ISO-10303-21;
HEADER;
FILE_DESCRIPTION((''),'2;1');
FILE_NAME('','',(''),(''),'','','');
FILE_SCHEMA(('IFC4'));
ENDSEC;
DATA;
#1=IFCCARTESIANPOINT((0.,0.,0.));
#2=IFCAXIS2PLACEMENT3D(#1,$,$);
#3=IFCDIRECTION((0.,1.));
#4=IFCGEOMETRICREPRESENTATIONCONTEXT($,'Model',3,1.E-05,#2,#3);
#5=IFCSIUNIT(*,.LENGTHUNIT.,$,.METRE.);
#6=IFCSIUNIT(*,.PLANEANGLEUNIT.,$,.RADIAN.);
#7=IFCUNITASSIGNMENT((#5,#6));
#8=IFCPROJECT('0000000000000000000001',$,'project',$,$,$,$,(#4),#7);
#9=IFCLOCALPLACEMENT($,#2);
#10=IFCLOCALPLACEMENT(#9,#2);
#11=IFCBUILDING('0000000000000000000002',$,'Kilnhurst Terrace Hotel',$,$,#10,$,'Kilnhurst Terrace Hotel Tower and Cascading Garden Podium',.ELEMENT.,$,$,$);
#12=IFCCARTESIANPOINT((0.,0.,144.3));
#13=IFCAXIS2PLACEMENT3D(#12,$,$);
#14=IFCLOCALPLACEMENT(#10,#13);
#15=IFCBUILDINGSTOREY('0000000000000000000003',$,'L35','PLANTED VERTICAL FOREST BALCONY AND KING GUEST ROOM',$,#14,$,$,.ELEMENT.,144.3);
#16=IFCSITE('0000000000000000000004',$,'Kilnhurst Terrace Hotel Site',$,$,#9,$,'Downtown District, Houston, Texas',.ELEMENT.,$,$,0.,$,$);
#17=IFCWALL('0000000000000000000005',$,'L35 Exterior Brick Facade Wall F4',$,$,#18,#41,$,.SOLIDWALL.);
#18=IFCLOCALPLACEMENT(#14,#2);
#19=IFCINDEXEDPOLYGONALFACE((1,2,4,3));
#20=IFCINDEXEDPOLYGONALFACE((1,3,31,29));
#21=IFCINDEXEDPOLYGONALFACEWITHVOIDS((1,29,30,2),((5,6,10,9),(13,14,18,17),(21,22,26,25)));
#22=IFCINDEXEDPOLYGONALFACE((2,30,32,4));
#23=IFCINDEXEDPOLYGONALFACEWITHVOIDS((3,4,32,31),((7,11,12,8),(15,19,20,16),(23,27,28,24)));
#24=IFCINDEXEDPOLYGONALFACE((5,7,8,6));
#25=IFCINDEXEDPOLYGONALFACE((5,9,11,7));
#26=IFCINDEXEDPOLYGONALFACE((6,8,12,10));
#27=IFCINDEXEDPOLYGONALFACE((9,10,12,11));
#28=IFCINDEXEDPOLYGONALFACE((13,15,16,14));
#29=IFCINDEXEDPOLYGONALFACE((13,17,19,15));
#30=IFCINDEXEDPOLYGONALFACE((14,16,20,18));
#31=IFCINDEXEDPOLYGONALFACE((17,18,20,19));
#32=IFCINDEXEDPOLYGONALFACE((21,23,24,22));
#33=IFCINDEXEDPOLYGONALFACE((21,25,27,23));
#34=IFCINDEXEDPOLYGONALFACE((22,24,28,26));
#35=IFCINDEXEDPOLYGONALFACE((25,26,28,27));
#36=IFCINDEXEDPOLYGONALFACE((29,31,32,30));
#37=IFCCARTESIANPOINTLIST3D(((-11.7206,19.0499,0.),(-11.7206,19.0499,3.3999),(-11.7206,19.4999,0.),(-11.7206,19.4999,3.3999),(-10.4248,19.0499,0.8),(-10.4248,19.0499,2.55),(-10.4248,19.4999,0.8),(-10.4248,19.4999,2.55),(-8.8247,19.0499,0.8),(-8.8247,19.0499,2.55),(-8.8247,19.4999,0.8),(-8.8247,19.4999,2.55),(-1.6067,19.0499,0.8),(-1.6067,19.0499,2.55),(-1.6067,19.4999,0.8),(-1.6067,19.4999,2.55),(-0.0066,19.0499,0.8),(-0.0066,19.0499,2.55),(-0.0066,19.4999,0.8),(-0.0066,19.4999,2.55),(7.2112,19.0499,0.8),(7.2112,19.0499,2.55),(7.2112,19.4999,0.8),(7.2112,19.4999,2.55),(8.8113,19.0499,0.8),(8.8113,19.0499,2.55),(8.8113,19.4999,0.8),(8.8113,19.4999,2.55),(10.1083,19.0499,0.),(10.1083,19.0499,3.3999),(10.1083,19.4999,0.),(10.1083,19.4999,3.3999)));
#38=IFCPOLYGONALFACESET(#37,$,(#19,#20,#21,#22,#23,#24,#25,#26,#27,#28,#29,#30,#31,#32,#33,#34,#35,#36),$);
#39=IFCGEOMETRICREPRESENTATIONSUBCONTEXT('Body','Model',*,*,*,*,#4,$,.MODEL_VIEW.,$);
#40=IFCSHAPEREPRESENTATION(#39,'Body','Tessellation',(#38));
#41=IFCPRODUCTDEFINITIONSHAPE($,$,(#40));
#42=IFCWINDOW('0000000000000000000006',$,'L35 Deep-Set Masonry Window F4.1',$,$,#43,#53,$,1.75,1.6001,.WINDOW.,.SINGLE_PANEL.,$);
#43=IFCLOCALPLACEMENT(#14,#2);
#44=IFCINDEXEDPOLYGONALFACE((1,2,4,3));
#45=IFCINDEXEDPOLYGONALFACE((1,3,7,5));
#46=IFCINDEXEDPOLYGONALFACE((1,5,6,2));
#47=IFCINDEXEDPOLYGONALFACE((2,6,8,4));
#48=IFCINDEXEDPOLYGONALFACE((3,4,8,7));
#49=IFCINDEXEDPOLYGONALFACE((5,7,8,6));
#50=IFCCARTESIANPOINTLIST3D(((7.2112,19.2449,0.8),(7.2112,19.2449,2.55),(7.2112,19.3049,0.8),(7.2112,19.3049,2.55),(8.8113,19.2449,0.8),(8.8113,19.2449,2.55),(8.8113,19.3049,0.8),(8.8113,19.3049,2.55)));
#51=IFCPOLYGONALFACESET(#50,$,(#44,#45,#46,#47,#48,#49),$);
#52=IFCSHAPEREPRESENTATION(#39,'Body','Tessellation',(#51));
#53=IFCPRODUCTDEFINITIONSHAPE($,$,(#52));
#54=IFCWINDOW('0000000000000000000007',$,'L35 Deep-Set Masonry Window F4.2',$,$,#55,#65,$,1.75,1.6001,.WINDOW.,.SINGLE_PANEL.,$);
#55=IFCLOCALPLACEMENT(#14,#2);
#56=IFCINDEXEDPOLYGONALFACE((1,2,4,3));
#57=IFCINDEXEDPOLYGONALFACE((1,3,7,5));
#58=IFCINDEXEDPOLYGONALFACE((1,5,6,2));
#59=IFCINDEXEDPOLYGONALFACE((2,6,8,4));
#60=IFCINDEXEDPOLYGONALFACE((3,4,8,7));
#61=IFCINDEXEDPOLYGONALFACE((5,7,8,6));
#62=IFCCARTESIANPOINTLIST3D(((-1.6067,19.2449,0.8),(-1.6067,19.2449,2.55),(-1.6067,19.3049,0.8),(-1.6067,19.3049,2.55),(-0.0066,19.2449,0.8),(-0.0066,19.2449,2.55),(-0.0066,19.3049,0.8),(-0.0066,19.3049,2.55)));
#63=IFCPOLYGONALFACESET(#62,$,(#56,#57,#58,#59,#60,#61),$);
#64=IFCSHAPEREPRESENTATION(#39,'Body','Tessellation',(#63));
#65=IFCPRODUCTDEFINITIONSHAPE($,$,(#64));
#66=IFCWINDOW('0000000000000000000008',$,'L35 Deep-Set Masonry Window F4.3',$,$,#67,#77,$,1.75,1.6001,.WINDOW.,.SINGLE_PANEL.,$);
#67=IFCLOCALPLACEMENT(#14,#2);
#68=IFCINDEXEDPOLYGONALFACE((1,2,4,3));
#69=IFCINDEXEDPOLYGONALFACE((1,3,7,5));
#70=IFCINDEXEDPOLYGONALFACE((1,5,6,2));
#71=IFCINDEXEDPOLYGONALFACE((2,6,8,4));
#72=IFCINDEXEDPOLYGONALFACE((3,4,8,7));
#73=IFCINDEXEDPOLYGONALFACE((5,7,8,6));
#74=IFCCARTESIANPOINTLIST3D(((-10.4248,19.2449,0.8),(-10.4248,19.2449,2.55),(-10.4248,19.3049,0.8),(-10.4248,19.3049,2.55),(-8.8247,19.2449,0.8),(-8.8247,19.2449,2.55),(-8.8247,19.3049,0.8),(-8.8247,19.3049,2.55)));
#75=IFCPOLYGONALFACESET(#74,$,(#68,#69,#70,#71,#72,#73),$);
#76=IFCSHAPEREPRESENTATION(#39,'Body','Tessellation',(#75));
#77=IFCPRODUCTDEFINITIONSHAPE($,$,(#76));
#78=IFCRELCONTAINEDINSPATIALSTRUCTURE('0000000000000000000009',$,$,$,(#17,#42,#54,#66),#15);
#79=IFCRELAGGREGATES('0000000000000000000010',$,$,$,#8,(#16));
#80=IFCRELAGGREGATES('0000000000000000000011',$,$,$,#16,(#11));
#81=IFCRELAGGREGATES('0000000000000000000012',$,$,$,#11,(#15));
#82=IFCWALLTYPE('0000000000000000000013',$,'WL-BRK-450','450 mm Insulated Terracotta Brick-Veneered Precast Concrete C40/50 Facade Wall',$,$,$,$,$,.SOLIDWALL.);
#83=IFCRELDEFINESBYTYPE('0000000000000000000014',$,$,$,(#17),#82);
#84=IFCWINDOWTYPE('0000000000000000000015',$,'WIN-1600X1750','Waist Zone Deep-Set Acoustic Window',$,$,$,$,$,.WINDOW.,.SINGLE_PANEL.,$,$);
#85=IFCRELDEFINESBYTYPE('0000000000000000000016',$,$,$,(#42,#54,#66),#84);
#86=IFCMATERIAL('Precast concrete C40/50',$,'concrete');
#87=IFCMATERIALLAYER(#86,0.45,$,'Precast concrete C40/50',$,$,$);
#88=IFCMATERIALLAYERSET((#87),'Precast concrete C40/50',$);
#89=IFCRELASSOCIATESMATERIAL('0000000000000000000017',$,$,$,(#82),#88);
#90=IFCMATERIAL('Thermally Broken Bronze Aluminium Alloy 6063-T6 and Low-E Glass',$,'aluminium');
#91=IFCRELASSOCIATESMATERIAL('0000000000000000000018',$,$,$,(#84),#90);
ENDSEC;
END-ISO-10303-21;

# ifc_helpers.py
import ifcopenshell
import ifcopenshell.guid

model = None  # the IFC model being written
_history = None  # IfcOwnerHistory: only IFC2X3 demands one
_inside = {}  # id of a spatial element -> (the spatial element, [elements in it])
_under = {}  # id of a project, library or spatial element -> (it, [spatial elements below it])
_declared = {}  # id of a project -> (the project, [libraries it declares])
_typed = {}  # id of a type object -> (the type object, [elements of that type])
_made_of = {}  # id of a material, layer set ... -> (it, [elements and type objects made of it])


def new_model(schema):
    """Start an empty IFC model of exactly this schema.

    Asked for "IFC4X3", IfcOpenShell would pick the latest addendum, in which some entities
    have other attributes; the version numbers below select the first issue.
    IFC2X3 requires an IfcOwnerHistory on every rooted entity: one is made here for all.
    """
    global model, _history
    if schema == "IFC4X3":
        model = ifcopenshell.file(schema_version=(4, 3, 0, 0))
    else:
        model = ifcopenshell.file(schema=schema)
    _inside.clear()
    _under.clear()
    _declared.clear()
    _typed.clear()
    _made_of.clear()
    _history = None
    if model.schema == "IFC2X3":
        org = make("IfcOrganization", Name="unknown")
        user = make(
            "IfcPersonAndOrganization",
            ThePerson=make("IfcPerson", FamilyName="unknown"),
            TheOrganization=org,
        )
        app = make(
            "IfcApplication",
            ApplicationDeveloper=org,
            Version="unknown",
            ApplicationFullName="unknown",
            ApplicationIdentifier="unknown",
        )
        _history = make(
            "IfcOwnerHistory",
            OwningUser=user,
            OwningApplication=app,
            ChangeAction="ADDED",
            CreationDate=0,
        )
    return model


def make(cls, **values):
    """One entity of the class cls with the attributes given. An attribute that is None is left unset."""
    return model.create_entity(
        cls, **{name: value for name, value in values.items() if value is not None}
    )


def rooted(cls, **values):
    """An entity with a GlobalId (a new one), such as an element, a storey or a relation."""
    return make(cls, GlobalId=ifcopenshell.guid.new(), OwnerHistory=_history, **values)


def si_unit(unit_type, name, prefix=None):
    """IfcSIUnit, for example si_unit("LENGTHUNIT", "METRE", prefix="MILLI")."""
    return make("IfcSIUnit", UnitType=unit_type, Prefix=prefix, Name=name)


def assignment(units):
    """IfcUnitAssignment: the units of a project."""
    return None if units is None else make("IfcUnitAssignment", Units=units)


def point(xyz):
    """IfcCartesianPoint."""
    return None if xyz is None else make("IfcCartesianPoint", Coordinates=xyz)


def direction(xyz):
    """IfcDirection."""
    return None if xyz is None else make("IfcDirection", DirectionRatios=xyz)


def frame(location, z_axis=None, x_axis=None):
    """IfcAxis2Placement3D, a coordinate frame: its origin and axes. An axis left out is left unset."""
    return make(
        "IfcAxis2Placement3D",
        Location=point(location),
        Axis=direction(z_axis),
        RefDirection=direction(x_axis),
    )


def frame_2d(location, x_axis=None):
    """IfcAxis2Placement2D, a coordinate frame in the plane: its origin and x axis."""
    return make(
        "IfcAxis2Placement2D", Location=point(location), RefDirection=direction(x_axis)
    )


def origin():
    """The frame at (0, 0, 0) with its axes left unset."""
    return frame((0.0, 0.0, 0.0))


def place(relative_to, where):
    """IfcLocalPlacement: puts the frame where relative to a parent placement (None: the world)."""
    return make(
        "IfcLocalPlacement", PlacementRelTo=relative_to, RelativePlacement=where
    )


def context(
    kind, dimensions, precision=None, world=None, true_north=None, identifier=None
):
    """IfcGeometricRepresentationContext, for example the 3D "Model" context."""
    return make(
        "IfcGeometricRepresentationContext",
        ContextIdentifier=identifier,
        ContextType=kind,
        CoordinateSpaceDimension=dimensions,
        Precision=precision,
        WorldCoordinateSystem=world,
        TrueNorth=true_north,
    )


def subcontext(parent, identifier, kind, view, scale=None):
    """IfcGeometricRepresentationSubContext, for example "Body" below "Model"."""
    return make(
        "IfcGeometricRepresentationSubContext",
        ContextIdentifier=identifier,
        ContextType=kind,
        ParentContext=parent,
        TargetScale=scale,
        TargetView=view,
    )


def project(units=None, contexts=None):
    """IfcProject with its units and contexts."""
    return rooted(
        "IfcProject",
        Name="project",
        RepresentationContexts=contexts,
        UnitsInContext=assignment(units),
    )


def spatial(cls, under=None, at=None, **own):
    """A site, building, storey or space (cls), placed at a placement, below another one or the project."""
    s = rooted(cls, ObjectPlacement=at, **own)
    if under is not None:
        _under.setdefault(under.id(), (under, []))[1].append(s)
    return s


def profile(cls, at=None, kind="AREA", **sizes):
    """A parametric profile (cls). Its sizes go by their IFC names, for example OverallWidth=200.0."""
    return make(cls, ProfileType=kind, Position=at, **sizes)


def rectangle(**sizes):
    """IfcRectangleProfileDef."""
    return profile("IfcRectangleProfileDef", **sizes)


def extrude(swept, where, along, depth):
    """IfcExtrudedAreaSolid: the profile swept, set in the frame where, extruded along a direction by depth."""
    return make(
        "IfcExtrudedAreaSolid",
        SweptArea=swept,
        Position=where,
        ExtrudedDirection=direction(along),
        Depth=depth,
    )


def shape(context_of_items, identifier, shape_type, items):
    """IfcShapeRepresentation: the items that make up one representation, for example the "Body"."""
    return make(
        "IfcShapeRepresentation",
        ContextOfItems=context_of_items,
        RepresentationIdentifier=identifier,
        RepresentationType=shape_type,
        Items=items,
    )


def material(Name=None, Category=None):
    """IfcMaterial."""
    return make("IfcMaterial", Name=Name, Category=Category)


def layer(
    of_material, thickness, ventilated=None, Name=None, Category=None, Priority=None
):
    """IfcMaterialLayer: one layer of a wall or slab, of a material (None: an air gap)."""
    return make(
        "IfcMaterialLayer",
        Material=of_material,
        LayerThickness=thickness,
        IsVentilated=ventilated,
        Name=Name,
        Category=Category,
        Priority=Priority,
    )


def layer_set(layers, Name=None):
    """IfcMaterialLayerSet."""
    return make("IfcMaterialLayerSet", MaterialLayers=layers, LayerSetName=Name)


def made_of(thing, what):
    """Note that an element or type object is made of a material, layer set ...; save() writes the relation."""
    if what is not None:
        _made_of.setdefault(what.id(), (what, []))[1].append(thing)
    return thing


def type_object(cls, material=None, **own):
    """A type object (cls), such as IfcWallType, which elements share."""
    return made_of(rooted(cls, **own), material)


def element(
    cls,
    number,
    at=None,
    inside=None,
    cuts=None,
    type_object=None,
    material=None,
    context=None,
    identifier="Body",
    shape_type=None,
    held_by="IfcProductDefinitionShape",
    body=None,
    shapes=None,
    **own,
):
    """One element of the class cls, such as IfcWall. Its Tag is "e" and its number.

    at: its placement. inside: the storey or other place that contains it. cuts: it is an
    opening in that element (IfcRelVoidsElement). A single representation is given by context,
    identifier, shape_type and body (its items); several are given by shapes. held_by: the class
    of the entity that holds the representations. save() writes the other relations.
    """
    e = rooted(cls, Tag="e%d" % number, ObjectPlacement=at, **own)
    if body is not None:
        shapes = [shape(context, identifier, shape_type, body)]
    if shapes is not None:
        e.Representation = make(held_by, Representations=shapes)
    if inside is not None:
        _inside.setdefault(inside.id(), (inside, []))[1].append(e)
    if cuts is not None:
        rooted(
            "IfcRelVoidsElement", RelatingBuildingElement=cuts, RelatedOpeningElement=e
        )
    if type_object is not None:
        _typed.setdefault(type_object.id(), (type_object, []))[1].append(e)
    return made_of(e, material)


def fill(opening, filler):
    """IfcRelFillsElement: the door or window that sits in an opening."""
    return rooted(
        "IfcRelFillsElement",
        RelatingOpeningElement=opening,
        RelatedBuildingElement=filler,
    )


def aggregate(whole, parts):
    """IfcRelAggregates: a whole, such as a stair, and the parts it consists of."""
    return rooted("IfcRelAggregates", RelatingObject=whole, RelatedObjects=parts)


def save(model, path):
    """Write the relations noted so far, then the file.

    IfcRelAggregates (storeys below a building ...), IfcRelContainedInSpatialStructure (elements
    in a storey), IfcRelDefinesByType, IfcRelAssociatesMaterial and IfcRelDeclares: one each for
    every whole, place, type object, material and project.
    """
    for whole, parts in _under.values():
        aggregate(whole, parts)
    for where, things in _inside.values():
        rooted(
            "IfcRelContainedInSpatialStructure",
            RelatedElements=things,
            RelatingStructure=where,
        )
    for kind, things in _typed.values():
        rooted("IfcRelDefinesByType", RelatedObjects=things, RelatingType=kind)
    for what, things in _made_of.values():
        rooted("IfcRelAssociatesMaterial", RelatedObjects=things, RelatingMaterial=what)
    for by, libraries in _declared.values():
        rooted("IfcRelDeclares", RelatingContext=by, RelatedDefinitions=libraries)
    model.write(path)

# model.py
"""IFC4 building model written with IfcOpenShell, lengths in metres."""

from ifc_helpers import new_model, si_unit, direction, frame, frame_2d, origin, place, context, subcontext, project, spatial, rectangle, extrude, material, layer, layer_set, type_object, element, fill, save


model = new_model("IFC4")

# Units and contexts
model_context = context("Model", 3, precision=1e-05, world=origin(), true_north=direction((0.0, 1.0)))
body_context = subcontext(model_context, "Body", "Model", "MODEL_VIEW")
ifc_project = project(units=[si_unit("LENGTHUNIT", "METRE"), si_unit("PLANEANGLEUNIT", "RADIAN")], contexts=[model_context])

# Site, building, storey
site_placement = place(None, origin())
site = spatial("IfcSite", under=ifc_project, at=site_placement, Name="Kilnhurst Terrace Hotel Site", LongName="Downtown District, Houston, Texas", CompositionType="ELEMENT", RefElevation=0.0)
building_placement = place(site_placement, origin())
building = spatial("IfcBuilding", under=site, at=building_placement, Name="Kilnhurst Terrace Hotel", LongName="Kilnhurst Terrace Hotel Tower and Cascading Garden Podium", CompositionType="ELEMENT")
storey_placement = place(building_placement, frame((0.0, 0.0, 144.3)))
storey = spatial("IfcBuildingStorey", under=building, at=storey_placement, Name="L35", Description="PLANTED VERTICAL FOREST BALCONY AND KING GUEST ROOM", CompositionType="ELEMENT", Elevation=144.3)

# Shared definitions
ifc_material_1 = material(Name="Precast concrete C40/50", Category="concrete")
ifc_layer_1 = layer(ifc_material_1, 0.45, Name="Precast concrete C40/50")
ifc_layer_set_1 = layer_set([ifc_layer_1], Name="Precast concrete C40/50")
wall_type_1 = type_object("IfcWallType", Name="WL-BRK-450", Description="450 mm Insulated Terracotta Brick-Veneered Precast Concrete C40/50 Facade Wall", PredefinedType="SOLIDWALL", material=ifc_layer_set_1)

# Wall, openings, windows
wall_1_placement = place(storey_placement, frame((10.1084, 19.2749, 0.0), z_axis=(0.0, 0.0, 1.0), x_axis=(-1.0, 0.0, 0.0)))
wall_1 = element("IfcWall", 1, at=wall_1_placement, inside=storey, type_object=wall_type_1, Name="L35 Exterior Brick Facade Wall F4", PredefinedType="SOLIDWALL", context=body_context, shape_type="SweptSolid", body=[
    extrude(rectangle(XDim=21.8289, YDim=0.45, at=frame_2d((10.9146, 0.0))), origin(), (0.0, 0.0, 1.0), 3.3999),
])
opening_1_placement = place(wall_1_placement, frame((1.2971, 0.0, 0.8)))
opening_1 = element("IfcOpeningElement", 2, at=opening_1_placement, cuts=wall_1, PredefinedType="OPENING", context=body_context, shape_type="SweptSolid", body=[
    extrude(rectangle(XDim=1.6001, YDim=1.75, at=frame_2d((0.8, 0.875))), frame((0.0, 0.2349, 0.0), z_axis=(0.0, -1.0, 0.0), x_axis=(1.0, 0.0, 0.0)), (0.0, 0.0, 1.0), 0.47),
])
opening_2_placement = place(wall_1_placement, frame((10.115, 0.0, 0.8)))
opening_2 = element("IfcOpeningElement", 3, at=opening_2_placement, cuts=wall_1, PredefinedType="OPENING", context=body_context, shape_type="SweptSolid", body=[
    extrude(rectangle(XDim=1.6001, YDim=1.75, at=frame_2d((0.8, 0.875))), frame((0.0, 0.2349, 0.0), z_axis=(0.0, -1.0, 0.0), x_axis=(1.0, 0.0, 0.0)), (0.0, 0.0, 1.0), 0.47),
])
opening_3_placement = place(wall_1_placement, frame((18.9331, 0.0, 0.8)))
opening_3 = element("IfcOpeningElement", 4, at=opening_3_placement, cuts=wall_1, PredefinedType="OPENING", context=body_context, shape_type="SweptSolid", body=[
    extrude(rectangle(XDim=1.6001, YDim=1.75, at=frame_2d((0.8, 0.875))), frame((0.0, 0.2349, 0.0), z_axis=(0.0, -1.0, 0.0), x_axis=(1.0, 0.0, 0.0)), (0.0, 0.0, 1.0), 0.47),
])
ifc_material_2 = material(Name="Thermally Broken Bronze Aluminium Alloy 6063-T6 and Low-E Glass", Category="aluminium")
window_type = type_object("IfcWindowType", Name="WIN-1600X1750", Description="Waist Zone Deep-Set Acoustic Window", PartitioningType="SINGLE_PANEL", PredefinedType="WINDOW", material=ifc_material_2)
window_1_placement = place(opening_1_placement, origin())
window_1 = element("IfcWindow", 5, at=window_1_placement, inside=storey, type_object=window_type, Name="L35 Deep-Set Masonry Window F4.1", OverallHeight=1.75, OverallWidth=1.6001, PartitioningType="SINGLE_PANEL", PredefinedType="WINDOW", context=body_context, shape_type="SweptSolid", body=[
    extrude(rectangle(XDim=1.6001, YDim=1.75, at=frame_2d((0.8, 0.875))), frame((0.0, 0.03, 0.0), z_axis=(0.0, -1.0, 0.0), x_axis=(1.0, 0.0, 0.0)), (0.0, 0.0, 1.0), 0.0601),
])
fill(opening_1, window_1)
window_2_placement = place(opening_2_placement, origin())
window_2 = element("IfcWindow", 6, at=window_2_placement, inside=storey, type_object=window_type, Name="L35 Deep-Set Masonry Window F4.2", OverallHeight=1.75, OverallWidth=1.6001, PartitioningType="SINGLE_PANEL", PredefinedType="WINDOW", context=body_context, shape_type="SweptSolid", body=[
    extrude(rectangle(XDim=1.6001, YDim=1.75, at=frame_2d((0.8, 0.875))), frame((0.0, 0.03, 0.0), z_axis=(0.0, -1.0, 0.0), x_axis=(1.0, 0.0, 0.0)), (0.0, 0.0, 1.0), 0.0601),
])
fill(opening_2, window_2)
window_3_placement = place(opening_3_placement, origin())
window_3 = element("IfcWindow", 7, at=window_3_placement, inside=storey, type_object=window_type, Name="L35 Deep-Set Masonry Window F4.3", OverallHeight=1.75, OverallWidth=1.6001, PartitioningType="SINGLE_PANEL", PredefinedType="WINDOW", context=body_context, shape_type="SweptSolid", body=[
    extrude(rectangle(XDim=1.6001, YDim=1.75, at=frame_2d((0.8, 0.875))), frame((0.0, 0.03, 0.0), z_axis=(0.0, -1.0, 0.0), x_axis=(1.0, 0.0, 0.0)), (0.0, 0.0, 1.0), 0.0601),
])
fill(opening_3, window_3)

save(model, "model.ifc")
